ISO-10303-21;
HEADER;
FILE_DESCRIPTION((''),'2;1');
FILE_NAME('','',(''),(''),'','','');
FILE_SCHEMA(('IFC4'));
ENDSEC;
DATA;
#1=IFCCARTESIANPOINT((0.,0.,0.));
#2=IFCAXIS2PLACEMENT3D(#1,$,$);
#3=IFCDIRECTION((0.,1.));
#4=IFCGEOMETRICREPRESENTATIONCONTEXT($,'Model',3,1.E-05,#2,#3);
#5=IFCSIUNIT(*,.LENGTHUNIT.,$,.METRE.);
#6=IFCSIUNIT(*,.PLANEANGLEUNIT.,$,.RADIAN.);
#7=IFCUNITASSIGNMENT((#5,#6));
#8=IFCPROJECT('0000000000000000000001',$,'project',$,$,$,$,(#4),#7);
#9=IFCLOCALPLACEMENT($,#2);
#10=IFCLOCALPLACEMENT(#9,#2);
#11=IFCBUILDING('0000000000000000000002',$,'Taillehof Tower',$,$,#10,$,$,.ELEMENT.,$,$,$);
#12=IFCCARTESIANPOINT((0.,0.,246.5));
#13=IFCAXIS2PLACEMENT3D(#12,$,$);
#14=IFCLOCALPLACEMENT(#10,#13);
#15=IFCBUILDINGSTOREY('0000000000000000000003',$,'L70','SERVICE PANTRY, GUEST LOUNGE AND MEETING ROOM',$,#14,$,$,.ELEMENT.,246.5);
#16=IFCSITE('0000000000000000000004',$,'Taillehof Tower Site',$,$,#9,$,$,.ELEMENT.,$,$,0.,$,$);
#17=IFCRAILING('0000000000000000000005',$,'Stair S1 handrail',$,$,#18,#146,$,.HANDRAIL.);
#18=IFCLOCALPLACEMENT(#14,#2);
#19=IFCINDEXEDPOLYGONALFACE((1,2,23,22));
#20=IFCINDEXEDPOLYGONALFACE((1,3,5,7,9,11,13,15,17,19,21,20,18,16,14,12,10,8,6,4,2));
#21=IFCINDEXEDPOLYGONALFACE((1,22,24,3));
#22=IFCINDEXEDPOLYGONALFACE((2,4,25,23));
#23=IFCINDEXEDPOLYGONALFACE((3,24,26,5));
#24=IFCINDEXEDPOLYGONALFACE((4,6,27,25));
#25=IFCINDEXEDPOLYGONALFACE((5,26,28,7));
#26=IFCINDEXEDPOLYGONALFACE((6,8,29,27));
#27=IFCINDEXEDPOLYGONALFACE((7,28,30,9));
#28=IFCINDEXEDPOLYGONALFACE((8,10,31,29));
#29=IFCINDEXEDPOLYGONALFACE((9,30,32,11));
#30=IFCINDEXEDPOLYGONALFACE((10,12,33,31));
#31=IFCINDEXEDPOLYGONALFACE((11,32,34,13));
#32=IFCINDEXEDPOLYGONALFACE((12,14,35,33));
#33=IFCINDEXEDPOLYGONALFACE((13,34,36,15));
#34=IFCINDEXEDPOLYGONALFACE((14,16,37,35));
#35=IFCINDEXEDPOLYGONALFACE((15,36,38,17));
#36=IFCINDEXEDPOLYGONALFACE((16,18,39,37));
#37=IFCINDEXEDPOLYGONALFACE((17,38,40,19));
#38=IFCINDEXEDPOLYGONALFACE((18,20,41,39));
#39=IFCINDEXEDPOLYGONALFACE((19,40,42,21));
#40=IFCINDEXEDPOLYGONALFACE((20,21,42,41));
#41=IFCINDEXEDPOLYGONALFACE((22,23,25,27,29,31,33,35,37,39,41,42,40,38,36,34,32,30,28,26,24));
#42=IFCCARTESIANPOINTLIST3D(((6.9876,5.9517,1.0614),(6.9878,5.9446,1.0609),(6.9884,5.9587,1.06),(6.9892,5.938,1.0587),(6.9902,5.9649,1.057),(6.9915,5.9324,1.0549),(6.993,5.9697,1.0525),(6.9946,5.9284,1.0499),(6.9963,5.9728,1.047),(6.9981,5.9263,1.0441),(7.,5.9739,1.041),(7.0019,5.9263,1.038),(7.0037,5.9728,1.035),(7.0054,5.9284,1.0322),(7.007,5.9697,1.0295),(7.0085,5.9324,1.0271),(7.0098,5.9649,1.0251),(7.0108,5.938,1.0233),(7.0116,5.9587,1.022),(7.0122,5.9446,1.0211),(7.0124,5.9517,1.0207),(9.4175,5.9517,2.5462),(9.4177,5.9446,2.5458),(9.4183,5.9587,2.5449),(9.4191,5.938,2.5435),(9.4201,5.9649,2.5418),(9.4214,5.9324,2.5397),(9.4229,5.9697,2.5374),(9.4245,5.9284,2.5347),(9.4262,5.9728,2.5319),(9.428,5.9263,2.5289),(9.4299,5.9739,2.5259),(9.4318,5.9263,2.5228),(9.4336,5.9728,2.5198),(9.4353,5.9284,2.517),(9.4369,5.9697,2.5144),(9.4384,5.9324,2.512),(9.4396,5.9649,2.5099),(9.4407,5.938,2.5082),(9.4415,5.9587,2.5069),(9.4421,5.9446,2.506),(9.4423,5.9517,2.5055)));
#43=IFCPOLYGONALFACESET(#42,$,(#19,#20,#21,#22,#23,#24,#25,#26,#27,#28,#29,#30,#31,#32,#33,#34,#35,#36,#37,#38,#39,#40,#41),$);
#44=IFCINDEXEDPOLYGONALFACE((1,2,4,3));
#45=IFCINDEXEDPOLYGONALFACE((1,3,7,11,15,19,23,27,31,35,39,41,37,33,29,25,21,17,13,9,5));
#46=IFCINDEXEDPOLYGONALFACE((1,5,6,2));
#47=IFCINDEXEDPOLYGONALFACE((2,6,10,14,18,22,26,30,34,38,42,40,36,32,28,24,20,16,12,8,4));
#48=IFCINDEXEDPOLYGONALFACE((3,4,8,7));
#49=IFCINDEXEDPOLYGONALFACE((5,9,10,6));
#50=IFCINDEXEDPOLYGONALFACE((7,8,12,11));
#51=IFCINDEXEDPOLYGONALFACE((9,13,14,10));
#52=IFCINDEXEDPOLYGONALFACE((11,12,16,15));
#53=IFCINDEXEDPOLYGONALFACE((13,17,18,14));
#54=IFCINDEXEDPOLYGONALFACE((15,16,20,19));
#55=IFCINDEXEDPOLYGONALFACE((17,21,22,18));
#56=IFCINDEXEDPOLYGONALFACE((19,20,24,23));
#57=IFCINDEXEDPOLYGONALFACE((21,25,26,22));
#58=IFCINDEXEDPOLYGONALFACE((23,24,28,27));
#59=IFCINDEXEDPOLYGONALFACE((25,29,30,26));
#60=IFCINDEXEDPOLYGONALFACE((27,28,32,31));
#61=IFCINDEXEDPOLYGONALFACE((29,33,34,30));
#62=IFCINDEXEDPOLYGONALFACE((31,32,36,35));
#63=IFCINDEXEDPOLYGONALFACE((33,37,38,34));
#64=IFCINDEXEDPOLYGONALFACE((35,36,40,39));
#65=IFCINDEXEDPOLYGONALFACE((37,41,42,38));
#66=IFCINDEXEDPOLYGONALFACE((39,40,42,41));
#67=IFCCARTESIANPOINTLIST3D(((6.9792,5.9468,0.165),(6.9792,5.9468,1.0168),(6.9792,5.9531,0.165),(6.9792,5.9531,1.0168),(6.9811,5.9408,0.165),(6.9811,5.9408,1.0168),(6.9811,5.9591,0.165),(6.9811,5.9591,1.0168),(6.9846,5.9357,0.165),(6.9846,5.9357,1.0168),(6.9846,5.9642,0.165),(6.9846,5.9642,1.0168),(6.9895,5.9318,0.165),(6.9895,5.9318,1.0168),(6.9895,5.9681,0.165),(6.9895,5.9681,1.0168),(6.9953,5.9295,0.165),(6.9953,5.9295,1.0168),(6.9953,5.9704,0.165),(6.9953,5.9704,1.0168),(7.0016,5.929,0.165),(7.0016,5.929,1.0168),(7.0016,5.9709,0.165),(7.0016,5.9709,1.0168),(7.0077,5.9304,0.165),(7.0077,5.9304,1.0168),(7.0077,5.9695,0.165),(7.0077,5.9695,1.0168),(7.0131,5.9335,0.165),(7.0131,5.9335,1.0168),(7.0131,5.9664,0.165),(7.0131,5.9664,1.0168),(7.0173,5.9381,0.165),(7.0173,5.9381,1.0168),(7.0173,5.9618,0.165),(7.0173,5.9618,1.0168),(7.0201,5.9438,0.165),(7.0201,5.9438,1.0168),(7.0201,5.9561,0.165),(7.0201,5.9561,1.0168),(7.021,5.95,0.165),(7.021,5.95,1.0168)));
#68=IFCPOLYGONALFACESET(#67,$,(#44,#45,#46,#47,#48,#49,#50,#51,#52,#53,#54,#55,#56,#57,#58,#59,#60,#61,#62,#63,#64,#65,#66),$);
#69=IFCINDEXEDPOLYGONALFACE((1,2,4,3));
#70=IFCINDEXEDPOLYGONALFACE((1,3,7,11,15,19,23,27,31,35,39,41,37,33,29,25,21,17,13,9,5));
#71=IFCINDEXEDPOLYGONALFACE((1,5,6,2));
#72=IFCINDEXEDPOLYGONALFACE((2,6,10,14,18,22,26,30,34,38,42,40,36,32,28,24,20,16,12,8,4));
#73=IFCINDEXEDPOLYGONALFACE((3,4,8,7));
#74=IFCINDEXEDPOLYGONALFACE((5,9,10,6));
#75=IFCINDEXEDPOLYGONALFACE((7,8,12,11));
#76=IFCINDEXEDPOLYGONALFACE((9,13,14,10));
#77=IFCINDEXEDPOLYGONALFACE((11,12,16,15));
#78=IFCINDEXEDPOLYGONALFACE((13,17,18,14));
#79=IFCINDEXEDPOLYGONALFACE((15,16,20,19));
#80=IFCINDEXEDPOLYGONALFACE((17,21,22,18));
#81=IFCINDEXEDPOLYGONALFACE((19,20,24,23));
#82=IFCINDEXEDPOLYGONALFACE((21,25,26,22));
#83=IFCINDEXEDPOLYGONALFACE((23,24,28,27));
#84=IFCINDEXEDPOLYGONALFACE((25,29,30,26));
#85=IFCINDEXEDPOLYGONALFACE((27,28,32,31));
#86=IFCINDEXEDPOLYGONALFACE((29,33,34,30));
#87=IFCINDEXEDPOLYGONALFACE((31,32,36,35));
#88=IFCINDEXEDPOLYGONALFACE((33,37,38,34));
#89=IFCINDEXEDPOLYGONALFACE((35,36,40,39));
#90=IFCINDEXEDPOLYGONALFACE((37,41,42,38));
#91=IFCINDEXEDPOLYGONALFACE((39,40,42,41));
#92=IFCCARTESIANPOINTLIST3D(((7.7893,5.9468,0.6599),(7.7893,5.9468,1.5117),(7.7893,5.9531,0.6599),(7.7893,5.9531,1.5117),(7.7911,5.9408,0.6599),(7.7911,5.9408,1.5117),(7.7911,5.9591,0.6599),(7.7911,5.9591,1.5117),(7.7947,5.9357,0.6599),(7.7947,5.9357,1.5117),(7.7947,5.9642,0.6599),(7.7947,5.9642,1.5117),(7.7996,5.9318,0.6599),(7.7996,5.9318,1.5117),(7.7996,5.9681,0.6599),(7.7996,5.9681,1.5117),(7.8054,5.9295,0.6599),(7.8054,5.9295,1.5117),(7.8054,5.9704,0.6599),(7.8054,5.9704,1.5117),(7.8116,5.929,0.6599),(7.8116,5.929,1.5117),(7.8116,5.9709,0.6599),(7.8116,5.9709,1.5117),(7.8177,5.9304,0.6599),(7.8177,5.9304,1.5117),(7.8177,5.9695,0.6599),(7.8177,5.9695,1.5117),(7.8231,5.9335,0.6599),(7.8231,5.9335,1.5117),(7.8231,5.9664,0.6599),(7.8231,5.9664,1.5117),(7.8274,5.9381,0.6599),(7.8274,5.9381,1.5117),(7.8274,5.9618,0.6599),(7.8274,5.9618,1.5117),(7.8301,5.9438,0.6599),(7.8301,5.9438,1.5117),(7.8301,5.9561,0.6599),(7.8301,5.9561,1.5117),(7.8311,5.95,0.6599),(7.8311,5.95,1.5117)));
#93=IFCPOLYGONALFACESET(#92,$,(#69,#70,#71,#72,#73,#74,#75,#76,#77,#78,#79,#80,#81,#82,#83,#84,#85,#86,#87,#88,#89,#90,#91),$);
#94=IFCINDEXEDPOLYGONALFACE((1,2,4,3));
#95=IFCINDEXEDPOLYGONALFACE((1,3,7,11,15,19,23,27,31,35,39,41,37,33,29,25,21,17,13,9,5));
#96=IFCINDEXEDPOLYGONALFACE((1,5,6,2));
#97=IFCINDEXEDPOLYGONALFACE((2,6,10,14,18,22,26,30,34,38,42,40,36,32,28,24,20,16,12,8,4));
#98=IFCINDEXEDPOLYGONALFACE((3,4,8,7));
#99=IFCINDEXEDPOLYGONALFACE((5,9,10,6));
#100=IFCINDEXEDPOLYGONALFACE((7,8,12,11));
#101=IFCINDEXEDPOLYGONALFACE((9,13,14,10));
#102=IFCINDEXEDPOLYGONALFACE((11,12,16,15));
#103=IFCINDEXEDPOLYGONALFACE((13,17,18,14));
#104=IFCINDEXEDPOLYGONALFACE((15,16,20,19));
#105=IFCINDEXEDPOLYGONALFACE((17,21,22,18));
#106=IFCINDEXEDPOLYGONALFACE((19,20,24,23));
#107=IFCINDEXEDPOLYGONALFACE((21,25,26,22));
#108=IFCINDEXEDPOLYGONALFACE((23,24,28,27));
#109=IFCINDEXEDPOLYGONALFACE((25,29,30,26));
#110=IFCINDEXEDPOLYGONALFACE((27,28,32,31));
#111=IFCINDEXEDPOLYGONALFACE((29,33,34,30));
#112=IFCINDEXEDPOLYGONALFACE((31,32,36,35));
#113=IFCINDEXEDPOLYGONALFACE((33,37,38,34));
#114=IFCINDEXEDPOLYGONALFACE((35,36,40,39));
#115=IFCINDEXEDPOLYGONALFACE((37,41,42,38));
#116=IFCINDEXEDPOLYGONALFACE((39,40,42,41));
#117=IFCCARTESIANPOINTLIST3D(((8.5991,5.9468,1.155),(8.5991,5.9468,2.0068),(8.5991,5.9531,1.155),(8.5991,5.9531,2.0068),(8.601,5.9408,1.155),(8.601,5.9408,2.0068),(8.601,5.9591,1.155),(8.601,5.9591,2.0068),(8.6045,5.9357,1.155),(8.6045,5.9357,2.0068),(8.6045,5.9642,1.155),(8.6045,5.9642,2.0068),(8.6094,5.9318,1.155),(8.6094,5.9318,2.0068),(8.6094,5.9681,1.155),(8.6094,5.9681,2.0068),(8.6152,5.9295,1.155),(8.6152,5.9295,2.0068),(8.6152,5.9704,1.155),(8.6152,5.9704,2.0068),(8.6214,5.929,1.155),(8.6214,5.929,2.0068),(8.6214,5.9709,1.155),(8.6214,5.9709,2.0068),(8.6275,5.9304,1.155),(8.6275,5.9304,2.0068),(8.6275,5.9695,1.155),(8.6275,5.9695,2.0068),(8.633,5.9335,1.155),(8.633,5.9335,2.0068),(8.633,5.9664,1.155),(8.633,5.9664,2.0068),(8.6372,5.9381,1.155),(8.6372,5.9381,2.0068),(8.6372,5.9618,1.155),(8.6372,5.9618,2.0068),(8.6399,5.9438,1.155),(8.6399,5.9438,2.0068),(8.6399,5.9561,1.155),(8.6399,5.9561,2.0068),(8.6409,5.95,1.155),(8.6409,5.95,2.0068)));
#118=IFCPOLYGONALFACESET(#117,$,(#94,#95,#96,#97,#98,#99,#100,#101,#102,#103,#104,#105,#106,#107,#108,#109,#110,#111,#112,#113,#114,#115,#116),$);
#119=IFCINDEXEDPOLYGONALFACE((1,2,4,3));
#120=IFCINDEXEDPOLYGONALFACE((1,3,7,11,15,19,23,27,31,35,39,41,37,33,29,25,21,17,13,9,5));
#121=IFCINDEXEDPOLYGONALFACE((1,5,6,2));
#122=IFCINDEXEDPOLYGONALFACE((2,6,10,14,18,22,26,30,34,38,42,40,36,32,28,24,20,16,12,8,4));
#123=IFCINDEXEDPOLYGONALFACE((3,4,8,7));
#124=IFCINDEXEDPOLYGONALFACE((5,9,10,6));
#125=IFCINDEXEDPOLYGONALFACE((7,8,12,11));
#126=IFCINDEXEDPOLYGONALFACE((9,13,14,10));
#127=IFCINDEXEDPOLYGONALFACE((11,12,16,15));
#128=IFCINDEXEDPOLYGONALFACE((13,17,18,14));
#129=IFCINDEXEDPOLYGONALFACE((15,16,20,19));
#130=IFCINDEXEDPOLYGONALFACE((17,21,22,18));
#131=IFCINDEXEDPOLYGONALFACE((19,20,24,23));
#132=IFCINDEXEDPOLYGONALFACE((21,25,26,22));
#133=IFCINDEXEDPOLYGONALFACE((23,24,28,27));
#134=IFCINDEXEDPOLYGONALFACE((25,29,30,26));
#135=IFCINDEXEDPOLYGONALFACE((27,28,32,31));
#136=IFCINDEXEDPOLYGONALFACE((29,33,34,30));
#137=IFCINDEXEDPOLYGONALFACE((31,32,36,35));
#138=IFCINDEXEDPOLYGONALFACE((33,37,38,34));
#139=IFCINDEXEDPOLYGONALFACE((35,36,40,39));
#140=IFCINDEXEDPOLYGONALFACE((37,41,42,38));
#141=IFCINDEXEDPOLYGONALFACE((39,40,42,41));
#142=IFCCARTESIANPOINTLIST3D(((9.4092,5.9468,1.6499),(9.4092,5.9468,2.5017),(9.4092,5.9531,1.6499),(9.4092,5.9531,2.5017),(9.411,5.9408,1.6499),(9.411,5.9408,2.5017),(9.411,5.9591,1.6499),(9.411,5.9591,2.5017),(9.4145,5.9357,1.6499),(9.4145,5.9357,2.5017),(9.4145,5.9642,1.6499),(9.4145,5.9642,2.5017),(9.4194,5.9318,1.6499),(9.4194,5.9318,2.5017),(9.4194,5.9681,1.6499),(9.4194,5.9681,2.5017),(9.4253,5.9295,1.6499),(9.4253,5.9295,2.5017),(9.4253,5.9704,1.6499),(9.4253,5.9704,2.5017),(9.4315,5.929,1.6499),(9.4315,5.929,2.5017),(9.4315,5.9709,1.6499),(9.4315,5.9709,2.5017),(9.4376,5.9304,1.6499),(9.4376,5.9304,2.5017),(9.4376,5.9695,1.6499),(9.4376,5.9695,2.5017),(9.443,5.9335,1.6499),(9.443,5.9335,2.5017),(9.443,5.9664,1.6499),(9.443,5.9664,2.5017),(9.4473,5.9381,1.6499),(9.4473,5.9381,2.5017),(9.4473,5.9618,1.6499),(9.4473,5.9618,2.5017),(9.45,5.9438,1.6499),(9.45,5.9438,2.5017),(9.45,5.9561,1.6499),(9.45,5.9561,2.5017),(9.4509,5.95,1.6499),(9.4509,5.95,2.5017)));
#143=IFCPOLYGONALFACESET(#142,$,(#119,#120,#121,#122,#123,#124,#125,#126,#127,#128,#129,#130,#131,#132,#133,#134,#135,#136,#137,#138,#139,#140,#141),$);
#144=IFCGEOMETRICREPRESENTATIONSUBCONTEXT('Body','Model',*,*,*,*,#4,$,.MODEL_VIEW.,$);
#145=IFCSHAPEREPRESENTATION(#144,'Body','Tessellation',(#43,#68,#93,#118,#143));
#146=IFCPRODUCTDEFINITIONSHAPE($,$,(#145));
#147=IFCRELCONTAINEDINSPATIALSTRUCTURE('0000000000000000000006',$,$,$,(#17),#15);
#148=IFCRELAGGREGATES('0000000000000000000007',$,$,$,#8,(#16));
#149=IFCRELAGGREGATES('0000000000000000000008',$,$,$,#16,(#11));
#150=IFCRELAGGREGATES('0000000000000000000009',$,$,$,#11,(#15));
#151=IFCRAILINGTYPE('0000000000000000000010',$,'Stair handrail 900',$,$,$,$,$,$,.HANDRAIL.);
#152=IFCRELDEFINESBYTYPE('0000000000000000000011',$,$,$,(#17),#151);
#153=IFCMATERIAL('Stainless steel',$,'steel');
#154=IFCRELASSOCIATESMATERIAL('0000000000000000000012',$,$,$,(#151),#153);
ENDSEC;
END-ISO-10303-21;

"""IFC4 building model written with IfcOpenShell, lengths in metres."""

from ifc_helpers import new_model, si_unit, direction, frame, origin, origin_2d, place, context, subcontext, project, spatial, circle, extrude, material, type_object, element, save


model = new_model("IFC4")

# Units and contexts
model_context = context("Model", 3, precision=1e-05, world=origin(), true_north=direction((0.0, 1.0)))
body_context = subcontext(model_context, "Body", "Model", "MODEL_VIEW")
ifc_project = project(units=[si_unit("LENGTHUNIT", "METRE"), si_unit("PLANEANGLEUNIT", "RADIAN")], contexts=[model_context])

# Site, building, storey
site_placement = place(None, origin())
site = spatial("IfcSite", under=ifc_project, at=site_placement, Name="Taillehof Tower Site", CompositionType="ELEMENT", RefElevation=0.0)
building_placement = place(site_placement, origin())
building = spatial("IfcBuilding", under=site, at=building_placement, Name="Taillehof Tower", CompositionType="ELEMENT")
storey_placement = place(building_placement, frame((0.0, 0.0, 246.5)))
storey = spatial("IfcBuildingStorey", under=building, at=storey_placement, Name="L70", Description="SERVICE PANTRY, GUEST LOUNGE AND MEETING ROOM", CompositionType="ELEMENT", Elevation=246.5)

# Railing
ifc_material_1 = material(Name="Stainless steel", Category="steel")
railing_type = type_object("IfcRailingType", Name="Stair handrail 900", PredefinedType="HANDRAIL", material=ifc_material_1)
railing_placement = place(storey_placement, frame((7.0, 5.95, 0.165)))
element("IfcRailing", 1, at=railing_placement, inside=storey, type_object=railing_type, Name="Stair S1 handrail", PredefinedType="HANDRAIL", context=body_context, shape_type="SweptSolid", body=[
    extrude(circle(Radius=0.0239, at=origin_2d()), frame((0.0, 0.0, 0.876), z_axis=(0.853297, 0.0, 0.521426), x_axis=(0.0, 1.0, 0.0)), (0.0, 0.0, 1.0), 2.8477),
    extrude(circle(Radius=0.021, at=origin_2d()), origin(), (0.0, 0.0, 1.0), 0.8518),
    extrude(circle(Radius=0.021, at=origin_2d()), frame((0.8101, 0.0, 0.4949)), (0.0, 0.0, 1.0), 0.8518),
    extrude(circle(Radius=0.021, at=origin_2d()), frame((1.6199, 0.0, 0.99)), (0.0, 0.0, 1.0), 0.8518),
    extrude(circle(Radius=0.021, at=origin_2d()), frame((2.4299, 0.0, 1.4849)), (0.0, 0.0, 1.0), 0.8518),
])

save(model, "model.ifc")
